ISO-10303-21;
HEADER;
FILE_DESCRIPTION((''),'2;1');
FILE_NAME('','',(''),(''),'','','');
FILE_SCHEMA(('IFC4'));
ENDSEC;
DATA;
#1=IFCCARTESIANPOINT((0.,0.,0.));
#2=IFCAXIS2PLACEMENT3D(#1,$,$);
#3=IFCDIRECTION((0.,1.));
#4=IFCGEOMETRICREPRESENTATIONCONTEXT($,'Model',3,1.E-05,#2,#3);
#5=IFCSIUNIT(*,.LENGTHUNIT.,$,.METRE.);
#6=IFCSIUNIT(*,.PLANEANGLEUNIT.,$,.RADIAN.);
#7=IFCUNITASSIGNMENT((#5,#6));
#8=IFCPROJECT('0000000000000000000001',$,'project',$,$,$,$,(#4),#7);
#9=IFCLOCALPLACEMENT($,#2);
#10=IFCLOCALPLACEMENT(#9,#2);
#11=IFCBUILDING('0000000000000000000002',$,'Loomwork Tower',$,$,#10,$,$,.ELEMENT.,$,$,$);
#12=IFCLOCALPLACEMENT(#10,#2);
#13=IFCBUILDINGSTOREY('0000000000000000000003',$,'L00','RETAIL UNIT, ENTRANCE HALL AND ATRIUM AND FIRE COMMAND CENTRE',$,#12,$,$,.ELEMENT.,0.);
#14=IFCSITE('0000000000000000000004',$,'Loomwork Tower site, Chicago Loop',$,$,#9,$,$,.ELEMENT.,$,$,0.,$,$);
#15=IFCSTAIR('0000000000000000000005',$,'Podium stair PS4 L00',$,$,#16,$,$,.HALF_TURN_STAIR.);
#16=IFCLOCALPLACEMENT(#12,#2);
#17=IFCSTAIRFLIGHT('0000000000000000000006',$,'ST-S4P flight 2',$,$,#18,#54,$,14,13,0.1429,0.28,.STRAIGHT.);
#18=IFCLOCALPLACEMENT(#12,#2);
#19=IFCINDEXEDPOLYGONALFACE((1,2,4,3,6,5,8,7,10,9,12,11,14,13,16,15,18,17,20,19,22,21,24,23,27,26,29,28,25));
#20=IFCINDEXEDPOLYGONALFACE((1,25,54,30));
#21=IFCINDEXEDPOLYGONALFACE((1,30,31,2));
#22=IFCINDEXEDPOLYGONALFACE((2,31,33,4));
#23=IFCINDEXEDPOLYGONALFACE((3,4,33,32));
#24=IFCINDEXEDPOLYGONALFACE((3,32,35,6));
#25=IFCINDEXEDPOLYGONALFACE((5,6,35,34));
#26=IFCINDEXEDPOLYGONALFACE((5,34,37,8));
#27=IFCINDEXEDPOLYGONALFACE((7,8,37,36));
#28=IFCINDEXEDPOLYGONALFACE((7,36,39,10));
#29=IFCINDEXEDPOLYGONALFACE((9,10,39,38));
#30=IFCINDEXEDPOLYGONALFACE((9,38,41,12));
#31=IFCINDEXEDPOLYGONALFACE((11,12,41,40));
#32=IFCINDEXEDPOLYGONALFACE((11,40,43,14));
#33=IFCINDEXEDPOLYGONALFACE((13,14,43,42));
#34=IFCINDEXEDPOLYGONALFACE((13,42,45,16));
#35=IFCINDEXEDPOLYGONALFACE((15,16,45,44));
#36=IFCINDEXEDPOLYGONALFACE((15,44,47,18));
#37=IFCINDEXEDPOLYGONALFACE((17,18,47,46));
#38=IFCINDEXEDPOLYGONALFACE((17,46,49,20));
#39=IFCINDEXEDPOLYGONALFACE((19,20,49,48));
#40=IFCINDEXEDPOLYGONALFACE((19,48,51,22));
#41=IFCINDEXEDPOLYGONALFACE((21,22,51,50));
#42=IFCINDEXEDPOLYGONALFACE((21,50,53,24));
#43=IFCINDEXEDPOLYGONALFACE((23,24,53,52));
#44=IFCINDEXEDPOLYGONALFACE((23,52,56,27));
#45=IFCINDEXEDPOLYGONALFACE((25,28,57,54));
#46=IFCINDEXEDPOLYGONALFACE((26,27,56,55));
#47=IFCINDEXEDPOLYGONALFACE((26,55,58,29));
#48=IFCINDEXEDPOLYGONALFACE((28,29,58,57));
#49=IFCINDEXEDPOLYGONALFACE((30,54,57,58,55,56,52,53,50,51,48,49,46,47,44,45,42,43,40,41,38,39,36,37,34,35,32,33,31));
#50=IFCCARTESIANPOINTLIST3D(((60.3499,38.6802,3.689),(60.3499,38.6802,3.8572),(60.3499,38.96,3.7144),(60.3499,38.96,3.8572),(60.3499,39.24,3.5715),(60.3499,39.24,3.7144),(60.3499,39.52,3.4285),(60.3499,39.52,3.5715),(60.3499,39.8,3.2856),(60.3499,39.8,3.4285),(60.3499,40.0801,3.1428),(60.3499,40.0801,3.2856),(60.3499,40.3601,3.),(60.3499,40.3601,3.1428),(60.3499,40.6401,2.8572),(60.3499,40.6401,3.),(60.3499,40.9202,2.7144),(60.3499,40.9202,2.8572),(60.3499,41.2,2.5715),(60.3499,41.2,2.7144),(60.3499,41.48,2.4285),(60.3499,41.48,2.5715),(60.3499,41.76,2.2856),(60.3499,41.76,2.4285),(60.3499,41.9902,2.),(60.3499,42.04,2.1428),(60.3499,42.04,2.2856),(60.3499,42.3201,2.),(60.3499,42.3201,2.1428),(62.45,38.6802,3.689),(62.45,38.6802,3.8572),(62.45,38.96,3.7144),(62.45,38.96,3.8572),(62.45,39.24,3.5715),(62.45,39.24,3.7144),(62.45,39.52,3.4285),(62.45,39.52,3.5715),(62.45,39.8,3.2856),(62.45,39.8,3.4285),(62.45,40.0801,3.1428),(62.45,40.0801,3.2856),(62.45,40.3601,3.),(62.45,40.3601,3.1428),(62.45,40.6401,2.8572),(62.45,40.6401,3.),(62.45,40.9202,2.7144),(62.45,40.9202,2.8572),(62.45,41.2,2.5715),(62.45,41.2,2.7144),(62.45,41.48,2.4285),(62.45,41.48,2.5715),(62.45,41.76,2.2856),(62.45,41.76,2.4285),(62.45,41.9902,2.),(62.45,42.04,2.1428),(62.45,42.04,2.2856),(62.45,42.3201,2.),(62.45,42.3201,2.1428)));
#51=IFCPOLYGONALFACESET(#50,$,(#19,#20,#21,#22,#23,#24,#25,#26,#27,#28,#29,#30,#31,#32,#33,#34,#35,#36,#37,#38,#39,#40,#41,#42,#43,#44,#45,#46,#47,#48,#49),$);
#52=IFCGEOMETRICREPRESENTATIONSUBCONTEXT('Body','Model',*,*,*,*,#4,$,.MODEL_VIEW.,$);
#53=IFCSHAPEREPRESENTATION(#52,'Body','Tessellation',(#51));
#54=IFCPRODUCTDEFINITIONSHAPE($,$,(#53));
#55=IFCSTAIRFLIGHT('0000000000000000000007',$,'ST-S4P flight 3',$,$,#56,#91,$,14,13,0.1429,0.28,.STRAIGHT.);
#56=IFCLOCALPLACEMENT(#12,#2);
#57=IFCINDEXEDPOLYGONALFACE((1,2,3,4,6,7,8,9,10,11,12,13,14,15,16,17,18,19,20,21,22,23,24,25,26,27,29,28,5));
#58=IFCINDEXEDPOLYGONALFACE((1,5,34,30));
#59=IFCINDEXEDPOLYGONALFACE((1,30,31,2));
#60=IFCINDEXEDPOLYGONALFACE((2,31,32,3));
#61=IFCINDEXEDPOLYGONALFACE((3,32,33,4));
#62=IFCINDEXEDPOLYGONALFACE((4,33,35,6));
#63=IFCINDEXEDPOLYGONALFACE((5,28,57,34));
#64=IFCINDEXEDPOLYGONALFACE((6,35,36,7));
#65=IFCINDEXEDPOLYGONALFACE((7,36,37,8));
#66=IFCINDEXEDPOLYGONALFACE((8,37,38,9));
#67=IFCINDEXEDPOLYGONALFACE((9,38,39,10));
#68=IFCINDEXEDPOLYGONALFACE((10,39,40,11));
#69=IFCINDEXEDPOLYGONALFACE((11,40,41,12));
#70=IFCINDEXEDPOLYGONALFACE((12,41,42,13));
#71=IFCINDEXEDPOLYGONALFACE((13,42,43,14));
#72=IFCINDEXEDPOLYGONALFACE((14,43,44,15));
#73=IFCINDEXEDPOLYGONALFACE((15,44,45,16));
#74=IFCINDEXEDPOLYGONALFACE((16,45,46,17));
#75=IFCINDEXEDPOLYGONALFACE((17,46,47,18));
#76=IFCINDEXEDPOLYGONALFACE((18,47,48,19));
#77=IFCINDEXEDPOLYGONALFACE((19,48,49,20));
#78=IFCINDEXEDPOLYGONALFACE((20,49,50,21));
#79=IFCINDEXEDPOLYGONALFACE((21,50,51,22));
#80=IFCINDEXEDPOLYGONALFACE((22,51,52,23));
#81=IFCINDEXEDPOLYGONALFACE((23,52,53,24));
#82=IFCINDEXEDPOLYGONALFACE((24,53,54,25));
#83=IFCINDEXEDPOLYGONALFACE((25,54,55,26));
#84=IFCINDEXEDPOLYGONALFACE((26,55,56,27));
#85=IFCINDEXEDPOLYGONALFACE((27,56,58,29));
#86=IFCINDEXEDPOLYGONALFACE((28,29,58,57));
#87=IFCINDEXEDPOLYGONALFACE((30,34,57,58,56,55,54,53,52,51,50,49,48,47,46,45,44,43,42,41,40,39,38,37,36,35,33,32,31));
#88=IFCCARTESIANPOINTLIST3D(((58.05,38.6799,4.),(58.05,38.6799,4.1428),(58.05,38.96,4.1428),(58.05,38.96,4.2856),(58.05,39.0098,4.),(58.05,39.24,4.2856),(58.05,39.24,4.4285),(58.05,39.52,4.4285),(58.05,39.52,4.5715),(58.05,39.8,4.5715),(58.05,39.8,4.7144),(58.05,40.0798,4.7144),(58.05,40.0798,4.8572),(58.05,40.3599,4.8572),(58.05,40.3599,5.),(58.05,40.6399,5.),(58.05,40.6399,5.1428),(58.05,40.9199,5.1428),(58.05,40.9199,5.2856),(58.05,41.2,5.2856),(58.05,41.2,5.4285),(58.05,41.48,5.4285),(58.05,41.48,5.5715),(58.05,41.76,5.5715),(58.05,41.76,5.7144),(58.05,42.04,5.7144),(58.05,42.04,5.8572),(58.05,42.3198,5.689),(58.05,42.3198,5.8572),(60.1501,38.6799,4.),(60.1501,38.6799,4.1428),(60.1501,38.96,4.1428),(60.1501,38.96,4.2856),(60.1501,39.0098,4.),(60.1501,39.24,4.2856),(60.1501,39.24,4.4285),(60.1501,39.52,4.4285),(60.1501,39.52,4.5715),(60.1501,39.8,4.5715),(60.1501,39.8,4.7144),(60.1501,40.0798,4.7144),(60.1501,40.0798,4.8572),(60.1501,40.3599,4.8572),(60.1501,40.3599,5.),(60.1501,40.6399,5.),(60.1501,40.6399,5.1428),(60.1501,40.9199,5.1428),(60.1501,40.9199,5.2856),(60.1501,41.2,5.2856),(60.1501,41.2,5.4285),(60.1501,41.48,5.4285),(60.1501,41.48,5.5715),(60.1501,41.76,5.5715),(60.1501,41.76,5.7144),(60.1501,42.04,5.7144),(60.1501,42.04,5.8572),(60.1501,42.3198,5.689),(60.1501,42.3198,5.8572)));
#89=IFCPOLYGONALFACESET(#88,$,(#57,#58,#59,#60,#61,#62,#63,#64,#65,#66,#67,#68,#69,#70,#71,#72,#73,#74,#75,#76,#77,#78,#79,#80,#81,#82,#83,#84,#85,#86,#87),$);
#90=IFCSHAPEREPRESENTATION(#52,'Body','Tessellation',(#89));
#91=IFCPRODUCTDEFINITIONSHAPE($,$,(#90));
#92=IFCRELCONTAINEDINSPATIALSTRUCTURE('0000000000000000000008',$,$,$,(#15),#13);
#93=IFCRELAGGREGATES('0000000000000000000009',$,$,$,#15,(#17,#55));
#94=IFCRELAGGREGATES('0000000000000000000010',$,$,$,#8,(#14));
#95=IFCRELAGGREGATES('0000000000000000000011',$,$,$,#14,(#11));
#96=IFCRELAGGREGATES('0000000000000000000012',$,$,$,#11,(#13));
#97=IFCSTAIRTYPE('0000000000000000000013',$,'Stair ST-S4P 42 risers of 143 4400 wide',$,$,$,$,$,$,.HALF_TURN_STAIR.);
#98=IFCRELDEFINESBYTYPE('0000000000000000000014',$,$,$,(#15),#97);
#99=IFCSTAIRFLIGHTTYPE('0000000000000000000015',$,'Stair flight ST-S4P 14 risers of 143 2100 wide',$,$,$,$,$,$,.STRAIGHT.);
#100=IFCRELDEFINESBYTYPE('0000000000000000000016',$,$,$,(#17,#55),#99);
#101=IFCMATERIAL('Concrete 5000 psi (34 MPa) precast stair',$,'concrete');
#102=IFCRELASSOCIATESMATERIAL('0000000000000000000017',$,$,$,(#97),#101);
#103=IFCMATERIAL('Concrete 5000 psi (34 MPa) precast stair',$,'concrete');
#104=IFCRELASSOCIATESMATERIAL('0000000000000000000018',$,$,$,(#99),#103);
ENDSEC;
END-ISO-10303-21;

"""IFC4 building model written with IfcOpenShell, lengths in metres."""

from ifc_helpers import new_model, si_unit, direction, frame, origin, place, context, subcontext, project, spatial, polyline, outline, extrude, material, type_object, element, aggregate, save


model = new_model("IFC4")

# Units and contexts
model_context = context("Model", 3, precision=1e-05, world=origin(), true_north=direction((0.0, 1.0)))
body_context = subcontext(model_context, "Body", "Model", "MODEL_VIEW")
ifc_project = project(units=[si_unit("LENGTHUNIT", "METRE"), si_unit("PLANEANGLEUNIT", "RADIAN")], contexts=[model_context])

# Site, building, storey
site_placement = place(None, origin())
site = spatial("IfcSite", under=ifc_project, at=site_placement, Name="Loomwork Tower site, Chicago Loop", CompositionType="ELEMENT", RefElevation=0.0)
building_placement = place(site_placement, origin())
building = spatial("IfcBuilding", under=site, at=building_placement, Name="Loomwork Tower", CompositionType="ELEMENT")
storey_placement = place(building_placement, origin())
storey = spatial("IfcBuildingStorey", under=building, at=storey_placement, Name="L00", Description="RETAIL UNIT, ENTRANCE HALL AND ATRIUM AND FIRE COMMAND CENTRE", CompositionType="ELEMENT", Elevation=0.0)

# Stair, stair flights
ifc_material_1 = material(Name="Concrete 5000 psi (34 MPa) precast stair", Category="concrete")
stair_type = type_object("IfcStairType", Name="Stair ST-S4P 42 risers of 143 4400 wide", PredefinedType="HALF_TURN_STAIR", material=ifc_material_1)
stair_placement = place(storey_placement, origin())
stair = element("IfcStair", 1, at=stair_placement, inside=storey, type_object=stair_type, Name="Podium stair PS4 L00", PredefinedType="HALF_TURN_STAIR")
ifc_material_2 = material(Name="Concrete 5000 psi (34 MPa) precast stair", Category="concrete")
stair_flight_type = type_object("IfcStairFlightType", Name="Stair flight ST-S4P 14 risers of 143 2100 wide", PredefinedType="STRAIGHT", material=ifc_material_2)
stair_flight_1_placement = place(storey_placement, frame((61.3999, 42.3201, 2.0), z_axis=(0.0, 0.0, 1.0), x_axis=(0.0, -1.0, 0.0)))
stair_flight_1 = element("IfcStairFlight", 2, at=stair_flight_1_placement, type_object=stair_flight_type, Name="ST-S4P flight 2", NumberOfRisers=14, NumberOfTreads=13, PredefinedType="STRAIGHT", RiserHeight=0.1429, TreadLength=0.28, context=body_context, shape_type="SweptSolid", body=[
    extrude(outline(polyline([(0.0, 0.0), (0.0, 0.1428), (0.28, 0.1428), (0.28, 0.2856), (0.5601, 0.2856), (0.5601, 0.4285), (0.8401, 0.4285), (0.8401, 0.5715), (1.1201, 0.5715), (1.1201, 0.7144), (1.3999, 0.7144), (1.3999, 0.8572), (1.6799, 0.8572), (1.6799, 1.0), (1.96, 1.0), (1.96, 1.1428), (2.24, 1.1428), (2.24, 1.2856), (2.52, 1.2856), (2.52, 1.4285), (2.8, 1.4285), (2.8, 1.5715), (3.0801, 1.5715), (3.0801, 1.7144), (3.3601, 1.7144), (3.3601, 1.8572), (3.6399, 1.8572), (3.6399, 2.0), (3.6399, 1.689), (0.3298, 0.0), (0.0, 0.0)])), frame((0.0, 1.05, 0.0), z_axis=(0.0, -1.0, 0.0), x_axis=(1.0, 0.0, 0.0)), (0.0, 0.0, 1.0), 2.1001),
])
stair_flight_2_placement = place(storey_placement, frame((59.1001, 38.6799, 4.0), z_axis=(0.0, 0.0, 1.0), x_axis=(0.0, 1.0, 0.0)))
stair_flight_2 = element("IfcStairFlight", 3, at=stair_flight_2_placement, type_object=stair_flight_type, Name="ST-S4P flight 3", NumberOfRisers=14, NumberOfTreads=13, PredefinedType="STRAIGHT", RiserHeight=0.1429, TreadLength=0.28, context=body_context, shape_type="SweptSolid", body=[
    extrude(outline(polyline([(0.0, 0.0), (0.0, 0.1428), (0.28, 0.1428), (0.28, 0.2856), (0.5601, 0.2856), (0.5601, 0.4285), (0.8401, 0.4285), (0.8401, 0.5715), (1.1201, 0.5715), (1.1201, 0.7144), (1.3999, 0.7144), (1.3999, 0.8572), (1.6799, 0.8572), (1.6799, 1.0), (1.96, 1.0), (1.96, 1.1428), (2.24, 1.1428), (2.24, 1.2856), (2.52, 1.2856), (2.52, 1.4285), (2.8, 1.4285), (2.8, 1.5715), (3.0801, 1.5715), (3.0801, 1.7144), (3.3601, 1.7144), (3.3601, 1.8572), (3.6399, 1.8572), (3.6399, 2.0), (3.6399, 1.689), (0.3298, 0.0), (0.0, 0.0)])), frame((0.0, 1.05, 0.0), z_axis=(0.0, -1.0, 0.0), x_axis=(1.0, 0.0, 0.0)), (0.0, 0.0, 1.0), 2.1001),
])
aggregate(stair, [stair_flight_1, stair_flight_2])

save(model, "model.ifc")
